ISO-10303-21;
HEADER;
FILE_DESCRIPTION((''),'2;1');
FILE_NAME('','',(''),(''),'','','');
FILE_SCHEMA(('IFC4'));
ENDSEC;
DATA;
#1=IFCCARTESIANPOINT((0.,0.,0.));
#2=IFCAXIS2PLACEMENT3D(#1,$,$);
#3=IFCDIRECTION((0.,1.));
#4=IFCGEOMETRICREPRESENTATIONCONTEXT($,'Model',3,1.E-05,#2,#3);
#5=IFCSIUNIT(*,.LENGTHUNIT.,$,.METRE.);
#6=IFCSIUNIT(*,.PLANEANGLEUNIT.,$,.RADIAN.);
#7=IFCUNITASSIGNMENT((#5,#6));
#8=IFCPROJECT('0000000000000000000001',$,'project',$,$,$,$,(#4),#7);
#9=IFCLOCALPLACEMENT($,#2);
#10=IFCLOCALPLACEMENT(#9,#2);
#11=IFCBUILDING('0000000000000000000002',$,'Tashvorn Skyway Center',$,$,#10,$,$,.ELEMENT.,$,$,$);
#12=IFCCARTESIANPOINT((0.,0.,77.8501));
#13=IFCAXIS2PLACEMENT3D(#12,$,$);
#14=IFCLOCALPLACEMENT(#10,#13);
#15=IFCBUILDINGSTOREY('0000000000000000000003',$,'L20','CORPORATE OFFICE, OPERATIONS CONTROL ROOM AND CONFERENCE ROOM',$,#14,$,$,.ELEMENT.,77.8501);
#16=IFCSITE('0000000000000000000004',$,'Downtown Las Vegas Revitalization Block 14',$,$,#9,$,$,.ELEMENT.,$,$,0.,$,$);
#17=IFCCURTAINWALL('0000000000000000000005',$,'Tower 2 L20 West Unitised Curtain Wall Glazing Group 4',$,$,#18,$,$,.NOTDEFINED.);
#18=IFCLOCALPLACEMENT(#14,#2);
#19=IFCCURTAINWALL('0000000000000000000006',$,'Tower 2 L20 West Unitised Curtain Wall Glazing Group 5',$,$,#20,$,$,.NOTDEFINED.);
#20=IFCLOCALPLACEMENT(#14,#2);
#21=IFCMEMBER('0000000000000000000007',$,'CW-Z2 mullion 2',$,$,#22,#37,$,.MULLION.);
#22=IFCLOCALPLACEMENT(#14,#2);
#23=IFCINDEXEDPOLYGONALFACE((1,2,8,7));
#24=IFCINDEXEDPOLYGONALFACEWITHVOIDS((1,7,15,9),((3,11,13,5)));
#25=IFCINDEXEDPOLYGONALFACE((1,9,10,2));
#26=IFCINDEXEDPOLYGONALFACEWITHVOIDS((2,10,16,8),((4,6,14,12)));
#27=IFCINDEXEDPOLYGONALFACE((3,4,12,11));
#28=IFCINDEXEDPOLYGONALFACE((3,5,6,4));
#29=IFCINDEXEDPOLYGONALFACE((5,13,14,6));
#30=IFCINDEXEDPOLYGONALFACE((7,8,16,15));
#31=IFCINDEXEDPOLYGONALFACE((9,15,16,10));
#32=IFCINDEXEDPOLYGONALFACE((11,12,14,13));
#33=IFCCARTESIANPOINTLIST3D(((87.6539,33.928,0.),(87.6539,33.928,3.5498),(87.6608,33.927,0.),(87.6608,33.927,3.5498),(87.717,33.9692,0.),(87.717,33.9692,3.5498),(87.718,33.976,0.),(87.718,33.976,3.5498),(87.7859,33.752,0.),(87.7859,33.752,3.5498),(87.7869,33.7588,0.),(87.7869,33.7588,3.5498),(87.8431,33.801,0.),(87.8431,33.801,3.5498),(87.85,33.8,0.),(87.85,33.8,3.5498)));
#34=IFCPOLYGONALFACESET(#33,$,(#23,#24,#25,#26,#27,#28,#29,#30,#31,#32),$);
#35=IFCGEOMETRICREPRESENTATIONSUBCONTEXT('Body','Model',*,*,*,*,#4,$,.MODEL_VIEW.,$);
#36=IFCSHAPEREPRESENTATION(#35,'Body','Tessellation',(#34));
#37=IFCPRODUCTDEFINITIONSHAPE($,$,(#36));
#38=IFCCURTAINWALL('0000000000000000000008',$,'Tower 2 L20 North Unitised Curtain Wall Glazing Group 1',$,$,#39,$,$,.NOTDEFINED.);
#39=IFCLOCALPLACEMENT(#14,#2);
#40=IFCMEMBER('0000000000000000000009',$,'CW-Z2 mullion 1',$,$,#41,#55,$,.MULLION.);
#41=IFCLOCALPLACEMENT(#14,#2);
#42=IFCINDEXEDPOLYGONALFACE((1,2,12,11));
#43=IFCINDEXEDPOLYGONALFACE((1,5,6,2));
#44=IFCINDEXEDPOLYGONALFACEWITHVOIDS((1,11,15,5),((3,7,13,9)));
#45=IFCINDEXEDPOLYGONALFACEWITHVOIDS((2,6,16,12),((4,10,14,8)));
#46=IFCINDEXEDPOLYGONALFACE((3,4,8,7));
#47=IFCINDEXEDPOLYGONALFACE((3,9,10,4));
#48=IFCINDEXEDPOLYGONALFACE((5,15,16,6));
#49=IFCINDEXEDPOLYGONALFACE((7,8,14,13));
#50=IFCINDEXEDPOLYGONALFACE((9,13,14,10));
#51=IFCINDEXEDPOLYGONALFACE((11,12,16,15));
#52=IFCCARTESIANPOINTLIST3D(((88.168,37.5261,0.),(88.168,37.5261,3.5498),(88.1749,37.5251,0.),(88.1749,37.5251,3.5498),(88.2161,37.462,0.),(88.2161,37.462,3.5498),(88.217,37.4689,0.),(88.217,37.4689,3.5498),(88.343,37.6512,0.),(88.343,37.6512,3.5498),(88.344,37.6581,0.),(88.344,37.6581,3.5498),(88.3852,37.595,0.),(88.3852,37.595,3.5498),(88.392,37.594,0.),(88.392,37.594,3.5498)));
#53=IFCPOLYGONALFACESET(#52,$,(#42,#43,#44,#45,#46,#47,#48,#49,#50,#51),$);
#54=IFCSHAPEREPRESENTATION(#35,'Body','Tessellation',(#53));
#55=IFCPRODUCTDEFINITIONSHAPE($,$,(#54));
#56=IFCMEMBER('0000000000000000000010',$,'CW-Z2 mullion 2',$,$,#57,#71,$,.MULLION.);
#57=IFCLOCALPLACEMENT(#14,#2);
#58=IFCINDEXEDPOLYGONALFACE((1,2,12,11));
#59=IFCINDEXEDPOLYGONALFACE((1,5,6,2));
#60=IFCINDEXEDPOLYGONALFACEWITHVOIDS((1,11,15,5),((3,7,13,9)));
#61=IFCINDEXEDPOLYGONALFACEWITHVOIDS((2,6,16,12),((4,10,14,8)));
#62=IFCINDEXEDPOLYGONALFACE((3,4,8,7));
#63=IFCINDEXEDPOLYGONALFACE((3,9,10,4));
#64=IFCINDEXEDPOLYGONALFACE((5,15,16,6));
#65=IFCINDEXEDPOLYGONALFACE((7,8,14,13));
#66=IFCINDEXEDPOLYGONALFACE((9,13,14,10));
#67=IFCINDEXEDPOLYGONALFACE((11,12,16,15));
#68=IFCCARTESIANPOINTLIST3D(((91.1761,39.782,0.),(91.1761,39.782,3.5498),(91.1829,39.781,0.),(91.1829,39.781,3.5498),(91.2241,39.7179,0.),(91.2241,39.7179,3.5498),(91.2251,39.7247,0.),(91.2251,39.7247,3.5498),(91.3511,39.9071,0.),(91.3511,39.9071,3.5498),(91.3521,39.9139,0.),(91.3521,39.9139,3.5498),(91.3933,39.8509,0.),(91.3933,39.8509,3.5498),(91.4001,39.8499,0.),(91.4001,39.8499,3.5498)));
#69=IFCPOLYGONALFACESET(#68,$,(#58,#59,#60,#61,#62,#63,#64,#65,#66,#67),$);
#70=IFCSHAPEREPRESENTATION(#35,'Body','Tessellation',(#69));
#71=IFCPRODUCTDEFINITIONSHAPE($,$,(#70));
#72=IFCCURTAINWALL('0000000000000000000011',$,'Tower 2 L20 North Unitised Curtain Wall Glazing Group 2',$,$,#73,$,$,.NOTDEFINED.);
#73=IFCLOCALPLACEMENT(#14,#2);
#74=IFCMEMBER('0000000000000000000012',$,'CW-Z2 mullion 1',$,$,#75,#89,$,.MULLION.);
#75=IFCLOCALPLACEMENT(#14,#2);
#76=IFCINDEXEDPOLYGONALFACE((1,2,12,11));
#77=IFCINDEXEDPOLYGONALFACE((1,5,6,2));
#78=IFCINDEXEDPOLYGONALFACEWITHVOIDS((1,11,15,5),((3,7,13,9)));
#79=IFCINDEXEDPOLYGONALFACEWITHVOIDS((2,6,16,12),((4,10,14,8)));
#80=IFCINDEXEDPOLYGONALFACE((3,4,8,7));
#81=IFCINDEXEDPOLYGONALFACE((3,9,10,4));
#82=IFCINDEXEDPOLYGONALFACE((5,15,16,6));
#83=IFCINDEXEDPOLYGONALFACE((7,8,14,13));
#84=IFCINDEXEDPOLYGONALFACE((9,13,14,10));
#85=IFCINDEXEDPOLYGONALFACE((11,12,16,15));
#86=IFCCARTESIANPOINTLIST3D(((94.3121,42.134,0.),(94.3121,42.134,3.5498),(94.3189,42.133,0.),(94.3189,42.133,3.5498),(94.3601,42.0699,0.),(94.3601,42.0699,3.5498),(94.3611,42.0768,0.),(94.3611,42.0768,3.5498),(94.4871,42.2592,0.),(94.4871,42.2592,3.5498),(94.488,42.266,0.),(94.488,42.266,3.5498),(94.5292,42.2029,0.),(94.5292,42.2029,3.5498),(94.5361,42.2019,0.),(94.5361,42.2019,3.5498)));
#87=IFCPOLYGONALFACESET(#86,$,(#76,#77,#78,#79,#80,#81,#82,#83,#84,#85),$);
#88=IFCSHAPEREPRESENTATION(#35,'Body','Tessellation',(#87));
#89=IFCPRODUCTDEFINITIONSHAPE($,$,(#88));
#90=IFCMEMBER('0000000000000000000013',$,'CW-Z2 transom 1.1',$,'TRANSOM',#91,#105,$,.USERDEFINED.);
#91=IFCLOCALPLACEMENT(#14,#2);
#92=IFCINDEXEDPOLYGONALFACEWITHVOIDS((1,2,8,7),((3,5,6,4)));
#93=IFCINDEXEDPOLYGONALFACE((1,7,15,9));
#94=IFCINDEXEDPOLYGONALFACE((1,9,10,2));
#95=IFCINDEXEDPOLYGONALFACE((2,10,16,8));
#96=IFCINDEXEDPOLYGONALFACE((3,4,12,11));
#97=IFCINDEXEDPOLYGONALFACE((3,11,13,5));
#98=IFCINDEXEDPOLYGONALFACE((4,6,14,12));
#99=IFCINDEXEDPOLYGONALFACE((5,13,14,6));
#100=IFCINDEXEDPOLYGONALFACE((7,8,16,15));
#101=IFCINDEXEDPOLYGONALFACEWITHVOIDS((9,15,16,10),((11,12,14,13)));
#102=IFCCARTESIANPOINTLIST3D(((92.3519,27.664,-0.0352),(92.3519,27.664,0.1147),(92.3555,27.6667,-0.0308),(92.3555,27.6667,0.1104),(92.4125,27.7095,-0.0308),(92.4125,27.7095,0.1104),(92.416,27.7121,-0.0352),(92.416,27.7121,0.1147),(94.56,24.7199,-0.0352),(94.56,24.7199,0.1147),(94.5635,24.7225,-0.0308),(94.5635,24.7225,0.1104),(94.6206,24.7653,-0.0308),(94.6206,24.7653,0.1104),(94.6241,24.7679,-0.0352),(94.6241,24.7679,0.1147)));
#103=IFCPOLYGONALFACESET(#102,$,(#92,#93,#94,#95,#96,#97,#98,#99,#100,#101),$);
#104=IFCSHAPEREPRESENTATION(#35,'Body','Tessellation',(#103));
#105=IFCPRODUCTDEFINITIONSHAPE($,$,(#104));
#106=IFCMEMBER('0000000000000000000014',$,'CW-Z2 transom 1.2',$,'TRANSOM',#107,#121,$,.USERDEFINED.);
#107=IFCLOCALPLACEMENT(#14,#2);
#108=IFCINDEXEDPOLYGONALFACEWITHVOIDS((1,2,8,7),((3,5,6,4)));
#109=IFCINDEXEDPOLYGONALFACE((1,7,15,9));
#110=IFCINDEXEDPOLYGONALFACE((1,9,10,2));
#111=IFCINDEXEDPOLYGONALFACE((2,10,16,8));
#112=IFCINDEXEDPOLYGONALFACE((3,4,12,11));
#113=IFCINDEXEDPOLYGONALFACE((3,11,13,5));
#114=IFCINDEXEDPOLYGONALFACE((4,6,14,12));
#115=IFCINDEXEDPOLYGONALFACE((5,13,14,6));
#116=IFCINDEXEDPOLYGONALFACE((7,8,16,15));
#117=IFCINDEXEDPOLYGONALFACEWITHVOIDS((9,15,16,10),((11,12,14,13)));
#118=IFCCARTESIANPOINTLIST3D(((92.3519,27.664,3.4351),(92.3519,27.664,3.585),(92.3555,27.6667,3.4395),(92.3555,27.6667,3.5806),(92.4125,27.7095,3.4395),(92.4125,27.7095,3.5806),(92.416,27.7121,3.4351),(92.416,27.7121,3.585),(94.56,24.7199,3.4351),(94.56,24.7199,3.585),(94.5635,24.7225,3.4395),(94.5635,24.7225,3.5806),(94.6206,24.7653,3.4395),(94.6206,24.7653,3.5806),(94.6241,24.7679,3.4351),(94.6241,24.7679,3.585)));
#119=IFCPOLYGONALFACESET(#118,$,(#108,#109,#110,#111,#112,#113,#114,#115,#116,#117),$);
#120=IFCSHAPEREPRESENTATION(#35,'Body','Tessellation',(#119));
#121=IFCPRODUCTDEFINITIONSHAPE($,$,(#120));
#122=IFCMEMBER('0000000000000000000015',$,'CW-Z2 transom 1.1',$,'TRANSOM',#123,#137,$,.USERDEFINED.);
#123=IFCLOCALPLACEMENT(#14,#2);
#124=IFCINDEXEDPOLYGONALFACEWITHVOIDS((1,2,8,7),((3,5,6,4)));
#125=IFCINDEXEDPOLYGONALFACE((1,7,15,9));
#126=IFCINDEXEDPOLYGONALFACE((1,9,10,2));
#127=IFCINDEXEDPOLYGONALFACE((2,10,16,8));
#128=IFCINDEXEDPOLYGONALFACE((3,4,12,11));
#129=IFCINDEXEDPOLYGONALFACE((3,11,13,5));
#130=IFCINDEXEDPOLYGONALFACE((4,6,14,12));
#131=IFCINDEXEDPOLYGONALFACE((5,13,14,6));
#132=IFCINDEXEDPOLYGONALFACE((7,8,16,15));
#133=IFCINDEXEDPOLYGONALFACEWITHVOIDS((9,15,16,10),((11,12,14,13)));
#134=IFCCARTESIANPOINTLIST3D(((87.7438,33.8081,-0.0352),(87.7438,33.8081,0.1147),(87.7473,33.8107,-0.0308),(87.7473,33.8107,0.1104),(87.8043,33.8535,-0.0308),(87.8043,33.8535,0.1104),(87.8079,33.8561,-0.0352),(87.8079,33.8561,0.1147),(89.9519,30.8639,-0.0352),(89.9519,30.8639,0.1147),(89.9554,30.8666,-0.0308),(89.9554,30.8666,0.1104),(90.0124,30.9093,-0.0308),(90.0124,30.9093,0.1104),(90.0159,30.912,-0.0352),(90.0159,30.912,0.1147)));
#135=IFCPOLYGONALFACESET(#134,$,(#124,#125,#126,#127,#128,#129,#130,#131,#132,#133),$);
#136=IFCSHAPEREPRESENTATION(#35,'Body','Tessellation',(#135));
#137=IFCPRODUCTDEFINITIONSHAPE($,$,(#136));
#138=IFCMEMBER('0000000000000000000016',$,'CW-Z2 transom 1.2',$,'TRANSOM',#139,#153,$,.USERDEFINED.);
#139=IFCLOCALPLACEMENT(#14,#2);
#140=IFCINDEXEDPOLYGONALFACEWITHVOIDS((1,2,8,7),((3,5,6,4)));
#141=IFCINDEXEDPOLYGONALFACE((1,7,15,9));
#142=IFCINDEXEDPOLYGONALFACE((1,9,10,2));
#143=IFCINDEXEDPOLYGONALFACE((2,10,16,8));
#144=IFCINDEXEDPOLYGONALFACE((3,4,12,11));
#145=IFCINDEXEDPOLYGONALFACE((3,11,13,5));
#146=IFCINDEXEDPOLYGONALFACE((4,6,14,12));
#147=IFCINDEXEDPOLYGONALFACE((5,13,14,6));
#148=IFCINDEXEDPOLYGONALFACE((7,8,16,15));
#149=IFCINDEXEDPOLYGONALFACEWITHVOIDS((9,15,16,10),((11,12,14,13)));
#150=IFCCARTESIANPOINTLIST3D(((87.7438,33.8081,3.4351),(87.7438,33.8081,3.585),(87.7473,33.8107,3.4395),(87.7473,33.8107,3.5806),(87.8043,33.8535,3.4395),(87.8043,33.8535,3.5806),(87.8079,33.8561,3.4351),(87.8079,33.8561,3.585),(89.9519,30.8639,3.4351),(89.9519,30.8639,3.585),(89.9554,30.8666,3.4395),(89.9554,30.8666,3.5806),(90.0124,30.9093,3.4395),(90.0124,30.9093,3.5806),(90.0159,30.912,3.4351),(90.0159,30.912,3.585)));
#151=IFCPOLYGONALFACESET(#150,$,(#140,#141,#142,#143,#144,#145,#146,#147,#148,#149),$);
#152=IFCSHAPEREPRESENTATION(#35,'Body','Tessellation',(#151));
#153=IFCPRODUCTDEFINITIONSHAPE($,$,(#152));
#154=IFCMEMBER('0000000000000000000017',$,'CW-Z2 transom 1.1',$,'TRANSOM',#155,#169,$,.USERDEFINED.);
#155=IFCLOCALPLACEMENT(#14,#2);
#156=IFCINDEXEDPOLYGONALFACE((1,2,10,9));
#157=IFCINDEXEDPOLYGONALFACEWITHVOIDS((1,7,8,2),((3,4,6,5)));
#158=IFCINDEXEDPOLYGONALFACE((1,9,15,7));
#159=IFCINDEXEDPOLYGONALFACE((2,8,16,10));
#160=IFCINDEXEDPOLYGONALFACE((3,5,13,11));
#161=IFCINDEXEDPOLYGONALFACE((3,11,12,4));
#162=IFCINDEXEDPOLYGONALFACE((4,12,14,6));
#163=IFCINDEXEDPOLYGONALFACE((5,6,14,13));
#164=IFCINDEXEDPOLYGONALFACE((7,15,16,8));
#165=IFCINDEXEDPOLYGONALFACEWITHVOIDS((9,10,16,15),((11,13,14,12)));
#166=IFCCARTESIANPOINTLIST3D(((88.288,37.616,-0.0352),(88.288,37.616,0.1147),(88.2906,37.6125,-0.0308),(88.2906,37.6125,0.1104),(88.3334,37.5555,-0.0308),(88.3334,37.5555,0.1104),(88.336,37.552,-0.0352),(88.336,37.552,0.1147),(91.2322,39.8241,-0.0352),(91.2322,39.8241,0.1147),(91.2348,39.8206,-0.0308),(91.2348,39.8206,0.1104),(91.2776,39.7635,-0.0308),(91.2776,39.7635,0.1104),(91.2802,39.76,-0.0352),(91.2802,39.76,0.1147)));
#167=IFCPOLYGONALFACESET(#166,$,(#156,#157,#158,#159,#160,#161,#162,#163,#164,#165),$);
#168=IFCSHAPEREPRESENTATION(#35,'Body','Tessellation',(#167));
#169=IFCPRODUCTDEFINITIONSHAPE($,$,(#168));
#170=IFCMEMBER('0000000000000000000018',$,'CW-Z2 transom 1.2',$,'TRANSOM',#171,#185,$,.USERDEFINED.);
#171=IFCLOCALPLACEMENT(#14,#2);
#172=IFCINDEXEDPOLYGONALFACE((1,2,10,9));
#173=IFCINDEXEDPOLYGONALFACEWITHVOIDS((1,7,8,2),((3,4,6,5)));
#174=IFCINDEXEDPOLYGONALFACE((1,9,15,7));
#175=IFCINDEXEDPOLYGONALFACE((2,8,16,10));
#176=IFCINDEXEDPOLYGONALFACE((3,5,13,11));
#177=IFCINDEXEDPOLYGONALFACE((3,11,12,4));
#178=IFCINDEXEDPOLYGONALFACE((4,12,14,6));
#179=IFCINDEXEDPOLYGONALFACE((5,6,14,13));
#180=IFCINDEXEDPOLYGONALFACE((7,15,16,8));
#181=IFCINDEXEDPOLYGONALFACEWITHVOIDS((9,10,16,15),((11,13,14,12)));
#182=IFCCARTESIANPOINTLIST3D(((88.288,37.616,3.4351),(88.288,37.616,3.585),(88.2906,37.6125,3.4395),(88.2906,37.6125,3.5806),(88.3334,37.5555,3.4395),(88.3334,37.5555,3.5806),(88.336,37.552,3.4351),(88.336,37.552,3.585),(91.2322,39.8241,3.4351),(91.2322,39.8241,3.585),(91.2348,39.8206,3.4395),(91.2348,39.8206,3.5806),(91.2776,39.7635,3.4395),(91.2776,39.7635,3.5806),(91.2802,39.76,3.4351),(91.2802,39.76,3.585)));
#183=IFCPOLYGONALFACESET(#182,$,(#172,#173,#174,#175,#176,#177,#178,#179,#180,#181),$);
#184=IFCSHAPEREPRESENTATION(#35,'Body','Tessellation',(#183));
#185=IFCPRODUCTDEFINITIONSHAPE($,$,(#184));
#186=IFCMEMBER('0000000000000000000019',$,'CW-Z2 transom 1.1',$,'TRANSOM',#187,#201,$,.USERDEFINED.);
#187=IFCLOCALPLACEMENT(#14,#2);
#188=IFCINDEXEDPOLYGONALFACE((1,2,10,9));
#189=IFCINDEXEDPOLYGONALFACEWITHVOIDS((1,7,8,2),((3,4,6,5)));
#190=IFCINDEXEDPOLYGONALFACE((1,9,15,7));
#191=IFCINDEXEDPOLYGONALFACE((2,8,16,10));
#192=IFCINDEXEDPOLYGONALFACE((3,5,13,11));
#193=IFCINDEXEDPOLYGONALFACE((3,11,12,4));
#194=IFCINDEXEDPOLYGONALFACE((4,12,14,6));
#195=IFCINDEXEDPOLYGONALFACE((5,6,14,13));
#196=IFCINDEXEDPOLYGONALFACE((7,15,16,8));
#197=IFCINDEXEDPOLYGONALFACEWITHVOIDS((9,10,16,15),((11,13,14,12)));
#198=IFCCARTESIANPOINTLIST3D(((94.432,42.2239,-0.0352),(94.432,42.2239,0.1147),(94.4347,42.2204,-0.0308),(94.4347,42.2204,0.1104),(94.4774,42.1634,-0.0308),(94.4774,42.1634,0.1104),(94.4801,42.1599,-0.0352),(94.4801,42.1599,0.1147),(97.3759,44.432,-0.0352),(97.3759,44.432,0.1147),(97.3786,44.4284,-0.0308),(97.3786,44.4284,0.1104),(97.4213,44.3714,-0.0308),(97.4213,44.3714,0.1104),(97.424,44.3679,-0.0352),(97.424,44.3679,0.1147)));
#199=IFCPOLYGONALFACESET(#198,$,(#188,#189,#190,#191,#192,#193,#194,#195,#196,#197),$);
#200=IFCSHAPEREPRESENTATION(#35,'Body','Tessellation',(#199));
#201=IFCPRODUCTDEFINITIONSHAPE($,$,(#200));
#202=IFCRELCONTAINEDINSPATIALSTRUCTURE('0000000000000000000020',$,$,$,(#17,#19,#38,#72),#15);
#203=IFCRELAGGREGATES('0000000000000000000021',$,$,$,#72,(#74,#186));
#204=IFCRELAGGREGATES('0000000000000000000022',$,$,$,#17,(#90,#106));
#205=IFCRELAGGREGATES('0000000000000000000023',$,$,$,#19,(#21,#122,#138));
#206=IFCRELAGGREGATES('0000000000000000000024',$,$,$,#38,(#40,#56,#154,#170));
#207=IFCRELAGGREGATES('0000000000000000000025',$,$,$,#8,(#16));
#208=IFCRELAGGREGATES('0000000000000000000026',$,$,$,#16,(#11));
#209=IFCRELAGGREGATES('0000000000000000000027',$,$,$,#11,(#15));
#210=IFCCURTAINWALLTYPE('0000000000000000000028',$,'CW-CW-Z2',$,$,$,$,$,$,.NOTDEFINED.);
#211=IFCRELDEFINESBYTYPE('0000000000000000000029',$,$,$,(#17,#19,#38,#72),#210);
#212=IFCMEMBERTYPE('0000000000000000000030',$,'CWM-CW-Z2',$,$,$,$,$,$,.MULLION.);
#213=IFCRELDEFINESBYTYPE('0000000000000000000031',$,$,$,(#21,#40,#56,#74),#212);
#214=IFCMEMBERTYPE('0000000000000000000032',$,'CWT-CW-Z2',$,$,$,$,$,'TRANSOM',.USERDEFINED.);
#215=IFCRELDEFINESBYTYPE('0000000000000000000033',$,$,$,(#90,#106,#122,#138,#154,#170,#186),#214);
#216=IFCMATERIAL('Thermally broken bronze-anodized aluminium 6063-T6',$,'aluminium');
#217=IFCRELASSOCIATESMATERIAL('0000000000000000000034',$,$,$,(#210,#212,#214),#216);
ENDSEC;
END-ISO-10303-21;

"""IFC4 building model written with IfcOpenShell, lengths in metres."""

from ifc_helpers import new_model, si_unit, direction, frame, origin, origin_2d, place, context, subcontext, project, spatial, hollow_rectangle, extrude, material, material_profile, profile_set, type_object, element, aggregate, save


model = new_model("IFC4")

# Units and contexts
model_context = context("Model", 3, precision=1e-05, world=origin(), true_north=direction((0.0, 1.0)))
body_context = subcontext(model_context, "Body", "Model", "MODEL_VIEW")
ifc_project = project(units=[si_unit("LENGTHUNIT", "METRE"), si_unit("PLANEANGLEUNIT", "RADIAN")], contexts=[model_context])

# Site, building, storey
site_placement = place(None, origin())
site = spatial("IfcSite", under=ifc_project, at=site_placement, Name="Downtown Las Vegas Revitalization Block 14", CompositionType="ELEMENT", RefElevation=0.0)
building_placement = place(site_placement, origin())
building = spatial("IfcBuilding", under=site, at=building_placement, Name="Tashvorn Skyway Center", CompositionType="ELEMENT")
storey_placement = place(building_placement, frame((0.0, 0.0, 77.8501)))
storey = spatial("IfcBuildingStorey", under=building, at=storey_placement, Name="L20", Description="CORPORATE OFFICE, OPERATIONS CONTROL ROOM AND CONFERENCE ROOM", CompositionType="ELEMENT", Elevation=77.8501)

# Shared definitions
ifc_material_1 = material(Name="Thermally broken bronze-anodized aluminium 6063-T6", Category="aluminium")
curtain_wall_type = type_object("IfcCurtainWallType", Name="CW-CW-Z2", PredefinedType="NOTDEFINED", material=ifc_material_1)
ifc_material_profile_1 = material_profile(ifc_material_1, hollow_rectangle(XDim=0.0801, YDim=0.22, WallThickness=0.0049, at=origin_2d()), Name="ALU-MULL-80x220")
ifc_profile_set_1 = profile_set([ifc_material_profile_1], Name="Thermally broken bronze-anodized aluminium 6063-T6")
member_type_1 = type_object("IfcMemberType", Name="CWM-CW-Z2", PredefinedType="MULLION", material=ifc_profile_set_1)

# Curtain walls, members
curtain_wall_1_placement = place(storey_placement, origin())
curtain_wall_1 = element("IfcCurtainWall", 1, at=curtain_wall_1_placement, inside=storey, type_object=curtain_wall_type, Name="Tower 2 L20 West Unitised Curtain Wall Glazing Group 4", PredefinedType="NOTDEFINED")
curtain_wall_2_placement = place(storey_placement, origin())
curtain_wall_2 = element("IfcCurtainWall", 2, at=curtain_wall_2_placement, inside=storey, type_object=curtain_wall_type, Name="Tower 2 L20 West Unitised Curtain Wall Glazing Group 5", PredefinedType="NOTDEFINED")
member_1_placement = place(storey_placement, frame((87.752, 33.864, 0.0), z_axis=(0.0, 0.0, 1.0), x_axis=(-0.8, -0.6, 0.0)))
member_1 = element("IfcMember", 3, at=member_1_placement, type_object=member_type_1, Name="CW-Z2 mullion 2", PredefinedType="MULLION", context=body_context, shape_type="SweptSolid", body=[
    extrude(hollow_rectangle(XDim=0.0801, YDim=0.22, WallThickness=0.0049, at=origin_2d()), origin(), (0.0, 0.0, 1.0), 3.5498),
])
curtain_wall_3_placement = place(storey_placement, origin())
curtain_wall_3 = element("IfcCurtainWall", 4, at=curtain_wall_3_placement, inside=storey, type_object=curtain_wall_type, Name="Tower 2 L20 North Unitised Curtain Wall Glazing Group 1", PredefinedType="NOTDEFINED")
member_2_placement = place(storey_placement, frame((88.28, 37.5601, 0.0), z_axis=(0.0, 0.0, 1.0), x_axis=(-0.6, 0.8, 0.0)))
member_2 = element("IfcMember", 5, at=member_2_placement, type_object=member_type_1, Name="CW-Z2 mullion 1", PredefinedType="MULLION", context=body_context, shape_type="SweptSolid", body=[
    extrude(hollow_rectangle(XDim=0.0801, YDim=0.22, WallThickness=0.0049, at=origin_2d()), origin(), (0.0, 0.0, 1.0), 3.5498),
])
member_3_placement = place(storey_placement, frame((91.2881, 39.8159, 0.0), z_axis=(0.0, 0.0, 1.0), x_axis=(-0.6, 0.8, 0.0)))
member_3 = element("IfcMember", 6, at=member_3_placement, type_object=member_type_1, Name="CW-Z2 mullion 2", PredefinedType="MULLION", context=body_context, shape_type="SweptSolid", body=[
    extrude(hollow_rectangle(XDim=0.0801, YDim=0.22, WallThickness=0.0049, at=origin_2d()), origin(), (0.0, 0.0, 1.0), 3.5498),
])

# Curtain wall, member
curtain_wall_4_placement = place(storey_placement, origin())
curtain_wall_4 = element("IfcCurtainWall", 7, at=curtain_wall_4_placement, inside=storey, type_object=curtain_wall_type, Name="Tower 2 L20 North Unitised Curtain Wall Glazing Group 2", PredefinedType="NOTDEFINED")
member_4_placement = place(storey_placement, frame((94.4241, 42.168, 0.0), z_axis=(0.0, 0.0, 1.0), x_axis=(-0.6, 0.8, 0.0)))
member_4 = element("IfcMember", 8, at=member_4_placement, type_object=member_type_1, Name="CW-Z2 mullion 1", PredefinedType="MULLION", context=body_context, shape_type="SweptSolid", body=[
    extrude(hollow_rectangle(XDim=0.0801, YDim=0.22, WallThickness=0.0049, at=origin_2d()), origin(), (0.0, 0.0, 1.0), 3.5498),
])

# Members
ifc_material_profile_2 = material_profile(ifc_material_1, hollow_rectangle(XDim=0.0801, YDim=0.1499, WallThickness=0.0044, at=origin_2d()), Name="ALU-TRAN-80x150")
ifc_profile_set_2 = profile_set([ifc_material_profile_2], Name="Thermally broken bronze-anodized aluminium 6063-T6")
member_type_2 = type_object("IfcMemberType", Name="CWT-CW-Z2", ElementType="TRANSOM", PredefinedType="USERDEFINED", material=ifc_profile_set_2)
member_5_placement = place(storey_placement, frame((94.592, 24.7439, 0.0398), z_axis=(-0.599989, 0.800008, 0.0), x_axis=(-0.800008, -0.599989, 0.0)))
member_5 = element("IfcMember", 9, at=member_5_placement, type_object=member_type_2, Name="CW-Z2 transom 1.1", ObjectType="TRANSOM", PredefinedType="USERDEFINED", context=body_context, shape_type="SweptSolid", body=[
    extrude(hollow_rectangle(XDim=0.0801, YDim=0.1499, WallThickness=0.0044, at=origin_2d()), origin(), (0.0, 0.0, 1.0), 3.6802),
])
member_6_placement = place(storey_placement, frame((94.592, 24.7439, 3.51), z_axis=(-0.599989, 0.800008, 0.0), x_axis=(-0.800008, -0.599989, 0.0)))
member_6 = element("IfcMember", 10, at=member_6_placement, type_object=member_type_2, Name="CW-Z2 transom 1.2", ObjectType="TRANSOM", PredefinedType="USERDEFINED", context=body_context, shape_type="SweptSolid", body=[
    extrude(hollow_rectangle(XDim=0.0801, YDim=0.1499, WallThickness=0.0044, at=origin_2d()), origin(), (0.0, 0.0, 1.0), 3.6802),
])
member_7_placement = place(storey_placement, frame((89.9839, 30.8879, 0.0398), z_axis=(-0.599989, 0.800008, 0.0), x_axis=(-0.800008, -0.599989, 0.0)))
member_7 = element("IfcMember", 11, at=member_7_placement, type_object=member_type_2, Name="CW-Z2 transom 1.1", ObjectType="TRANSOM", PredefinedType="USERDEFINED", context=body_context, shape_type="SweptSolid", body=[
    extrude(hollow_rectangle(XDim=0.0801, YDim=0.1499, WallThickness=0.0044, at=origin_2d()), origin(), (0.0, 0.0, 1.0), 3.6802),
])
member_8_placement = place(storey_placement, frame((89.9839, 30.8879, 3.51), z_axis=(-0.599989, 0.800008, 0.0), x_axis=(-0.800008, -0.599989, 0.0)))
member_8 = element("IfcMember", 12, at=member_8_placement, type_object=member_type_2, Name="CW-Z2 transom 1.2", ObjectType="TRANSOM", PredefinedType="USERDEFINED", context=body_context, shape_type="SweptSolid", body=[
    extrude(hollow_rectangle(XDim=0.0801, YDim=0.1499, WallThickness=0.0044, at=origin_2d()), origin(), (0.0, 0.0, 1.0), 3.6802),
])
member_9_placement = place(storey_placement, frame((88.312, 37.584, 0.0398), z_axis=(0.800008, 0.599989, 0.0), x_axis=(-0.599989, 0.800008, 0.0)))
member_9 = element("IfcMember", 13, at=member_9_placement, type_object=member_type_2, Name="CW-Z2 transom 1.1", ObjectType="TRANSOM", PredefinedType="USERDEFINED", context=body_context, shape_type="SweptSolid", body=[
    extrude(hollow_rectangle(XDim=0.0801, YDim=0.1499, WallThickness=0.0044, at=origin_2d()), origin(), (0.0, 0.0, 1.0), 3.6802),
])
member_10_placement = place(storey_placement, frame((88.312, 37.584, 3.51), z_axis=(0.800008, 0.599989, 0.0), x_axis=(-0.599989, 0.800008, 0.0)))
member_10 = element("IfcMember", 14, at=member_10_placement, type_object=member_type_2, Name="CW-Z2 transom 1.2", ObjectType="TRANSOM", PredefinedType="USERDEFINED", context=body_context, shape_type="SweptSolid", body=[
    extrude(hollow_rectangle(XDim=0.0801, YDim=0.1499, WallThickness=0.0044, at=origin_2d()), origin(), (0.0, 0.0, 1.0), 3.6802),
])
member_11_placement = place(storey_placement, frame((94.4561, 42.1919, 0.0398), z_axis=(0.799984, 0.600021, 0.0), x_axis=(-0.600021, 0.799984, 0.0)))
member_11 = element("IfcMember", 15, at=member_11_placement, type_object=member_type_2, Name="CW-Z2 transom 1.1", ObjectType="TRANSOM", PredefinedType="USERDEFINED", context=body_context, shape_type="SweptSolid", body=[
    extrude(hollow_rectangle(XDim=0.0801, YDim=0.1499, WallThickness=0.0044, at=origin_2d()), origin(), (0.0, 0.0, 1.0), 3.6799),
])
aggregate(curtain_wall_4, [member_4, member_11])

aggregate(curtain_wall_1, [member_5, member_6])
aggregate(curtain_wall_2, [member_1, member_7, member_8])
aggregate(curtain_wall_3, [member_2, member_3, member_9, member_10])

save(model, "model.ifc")
